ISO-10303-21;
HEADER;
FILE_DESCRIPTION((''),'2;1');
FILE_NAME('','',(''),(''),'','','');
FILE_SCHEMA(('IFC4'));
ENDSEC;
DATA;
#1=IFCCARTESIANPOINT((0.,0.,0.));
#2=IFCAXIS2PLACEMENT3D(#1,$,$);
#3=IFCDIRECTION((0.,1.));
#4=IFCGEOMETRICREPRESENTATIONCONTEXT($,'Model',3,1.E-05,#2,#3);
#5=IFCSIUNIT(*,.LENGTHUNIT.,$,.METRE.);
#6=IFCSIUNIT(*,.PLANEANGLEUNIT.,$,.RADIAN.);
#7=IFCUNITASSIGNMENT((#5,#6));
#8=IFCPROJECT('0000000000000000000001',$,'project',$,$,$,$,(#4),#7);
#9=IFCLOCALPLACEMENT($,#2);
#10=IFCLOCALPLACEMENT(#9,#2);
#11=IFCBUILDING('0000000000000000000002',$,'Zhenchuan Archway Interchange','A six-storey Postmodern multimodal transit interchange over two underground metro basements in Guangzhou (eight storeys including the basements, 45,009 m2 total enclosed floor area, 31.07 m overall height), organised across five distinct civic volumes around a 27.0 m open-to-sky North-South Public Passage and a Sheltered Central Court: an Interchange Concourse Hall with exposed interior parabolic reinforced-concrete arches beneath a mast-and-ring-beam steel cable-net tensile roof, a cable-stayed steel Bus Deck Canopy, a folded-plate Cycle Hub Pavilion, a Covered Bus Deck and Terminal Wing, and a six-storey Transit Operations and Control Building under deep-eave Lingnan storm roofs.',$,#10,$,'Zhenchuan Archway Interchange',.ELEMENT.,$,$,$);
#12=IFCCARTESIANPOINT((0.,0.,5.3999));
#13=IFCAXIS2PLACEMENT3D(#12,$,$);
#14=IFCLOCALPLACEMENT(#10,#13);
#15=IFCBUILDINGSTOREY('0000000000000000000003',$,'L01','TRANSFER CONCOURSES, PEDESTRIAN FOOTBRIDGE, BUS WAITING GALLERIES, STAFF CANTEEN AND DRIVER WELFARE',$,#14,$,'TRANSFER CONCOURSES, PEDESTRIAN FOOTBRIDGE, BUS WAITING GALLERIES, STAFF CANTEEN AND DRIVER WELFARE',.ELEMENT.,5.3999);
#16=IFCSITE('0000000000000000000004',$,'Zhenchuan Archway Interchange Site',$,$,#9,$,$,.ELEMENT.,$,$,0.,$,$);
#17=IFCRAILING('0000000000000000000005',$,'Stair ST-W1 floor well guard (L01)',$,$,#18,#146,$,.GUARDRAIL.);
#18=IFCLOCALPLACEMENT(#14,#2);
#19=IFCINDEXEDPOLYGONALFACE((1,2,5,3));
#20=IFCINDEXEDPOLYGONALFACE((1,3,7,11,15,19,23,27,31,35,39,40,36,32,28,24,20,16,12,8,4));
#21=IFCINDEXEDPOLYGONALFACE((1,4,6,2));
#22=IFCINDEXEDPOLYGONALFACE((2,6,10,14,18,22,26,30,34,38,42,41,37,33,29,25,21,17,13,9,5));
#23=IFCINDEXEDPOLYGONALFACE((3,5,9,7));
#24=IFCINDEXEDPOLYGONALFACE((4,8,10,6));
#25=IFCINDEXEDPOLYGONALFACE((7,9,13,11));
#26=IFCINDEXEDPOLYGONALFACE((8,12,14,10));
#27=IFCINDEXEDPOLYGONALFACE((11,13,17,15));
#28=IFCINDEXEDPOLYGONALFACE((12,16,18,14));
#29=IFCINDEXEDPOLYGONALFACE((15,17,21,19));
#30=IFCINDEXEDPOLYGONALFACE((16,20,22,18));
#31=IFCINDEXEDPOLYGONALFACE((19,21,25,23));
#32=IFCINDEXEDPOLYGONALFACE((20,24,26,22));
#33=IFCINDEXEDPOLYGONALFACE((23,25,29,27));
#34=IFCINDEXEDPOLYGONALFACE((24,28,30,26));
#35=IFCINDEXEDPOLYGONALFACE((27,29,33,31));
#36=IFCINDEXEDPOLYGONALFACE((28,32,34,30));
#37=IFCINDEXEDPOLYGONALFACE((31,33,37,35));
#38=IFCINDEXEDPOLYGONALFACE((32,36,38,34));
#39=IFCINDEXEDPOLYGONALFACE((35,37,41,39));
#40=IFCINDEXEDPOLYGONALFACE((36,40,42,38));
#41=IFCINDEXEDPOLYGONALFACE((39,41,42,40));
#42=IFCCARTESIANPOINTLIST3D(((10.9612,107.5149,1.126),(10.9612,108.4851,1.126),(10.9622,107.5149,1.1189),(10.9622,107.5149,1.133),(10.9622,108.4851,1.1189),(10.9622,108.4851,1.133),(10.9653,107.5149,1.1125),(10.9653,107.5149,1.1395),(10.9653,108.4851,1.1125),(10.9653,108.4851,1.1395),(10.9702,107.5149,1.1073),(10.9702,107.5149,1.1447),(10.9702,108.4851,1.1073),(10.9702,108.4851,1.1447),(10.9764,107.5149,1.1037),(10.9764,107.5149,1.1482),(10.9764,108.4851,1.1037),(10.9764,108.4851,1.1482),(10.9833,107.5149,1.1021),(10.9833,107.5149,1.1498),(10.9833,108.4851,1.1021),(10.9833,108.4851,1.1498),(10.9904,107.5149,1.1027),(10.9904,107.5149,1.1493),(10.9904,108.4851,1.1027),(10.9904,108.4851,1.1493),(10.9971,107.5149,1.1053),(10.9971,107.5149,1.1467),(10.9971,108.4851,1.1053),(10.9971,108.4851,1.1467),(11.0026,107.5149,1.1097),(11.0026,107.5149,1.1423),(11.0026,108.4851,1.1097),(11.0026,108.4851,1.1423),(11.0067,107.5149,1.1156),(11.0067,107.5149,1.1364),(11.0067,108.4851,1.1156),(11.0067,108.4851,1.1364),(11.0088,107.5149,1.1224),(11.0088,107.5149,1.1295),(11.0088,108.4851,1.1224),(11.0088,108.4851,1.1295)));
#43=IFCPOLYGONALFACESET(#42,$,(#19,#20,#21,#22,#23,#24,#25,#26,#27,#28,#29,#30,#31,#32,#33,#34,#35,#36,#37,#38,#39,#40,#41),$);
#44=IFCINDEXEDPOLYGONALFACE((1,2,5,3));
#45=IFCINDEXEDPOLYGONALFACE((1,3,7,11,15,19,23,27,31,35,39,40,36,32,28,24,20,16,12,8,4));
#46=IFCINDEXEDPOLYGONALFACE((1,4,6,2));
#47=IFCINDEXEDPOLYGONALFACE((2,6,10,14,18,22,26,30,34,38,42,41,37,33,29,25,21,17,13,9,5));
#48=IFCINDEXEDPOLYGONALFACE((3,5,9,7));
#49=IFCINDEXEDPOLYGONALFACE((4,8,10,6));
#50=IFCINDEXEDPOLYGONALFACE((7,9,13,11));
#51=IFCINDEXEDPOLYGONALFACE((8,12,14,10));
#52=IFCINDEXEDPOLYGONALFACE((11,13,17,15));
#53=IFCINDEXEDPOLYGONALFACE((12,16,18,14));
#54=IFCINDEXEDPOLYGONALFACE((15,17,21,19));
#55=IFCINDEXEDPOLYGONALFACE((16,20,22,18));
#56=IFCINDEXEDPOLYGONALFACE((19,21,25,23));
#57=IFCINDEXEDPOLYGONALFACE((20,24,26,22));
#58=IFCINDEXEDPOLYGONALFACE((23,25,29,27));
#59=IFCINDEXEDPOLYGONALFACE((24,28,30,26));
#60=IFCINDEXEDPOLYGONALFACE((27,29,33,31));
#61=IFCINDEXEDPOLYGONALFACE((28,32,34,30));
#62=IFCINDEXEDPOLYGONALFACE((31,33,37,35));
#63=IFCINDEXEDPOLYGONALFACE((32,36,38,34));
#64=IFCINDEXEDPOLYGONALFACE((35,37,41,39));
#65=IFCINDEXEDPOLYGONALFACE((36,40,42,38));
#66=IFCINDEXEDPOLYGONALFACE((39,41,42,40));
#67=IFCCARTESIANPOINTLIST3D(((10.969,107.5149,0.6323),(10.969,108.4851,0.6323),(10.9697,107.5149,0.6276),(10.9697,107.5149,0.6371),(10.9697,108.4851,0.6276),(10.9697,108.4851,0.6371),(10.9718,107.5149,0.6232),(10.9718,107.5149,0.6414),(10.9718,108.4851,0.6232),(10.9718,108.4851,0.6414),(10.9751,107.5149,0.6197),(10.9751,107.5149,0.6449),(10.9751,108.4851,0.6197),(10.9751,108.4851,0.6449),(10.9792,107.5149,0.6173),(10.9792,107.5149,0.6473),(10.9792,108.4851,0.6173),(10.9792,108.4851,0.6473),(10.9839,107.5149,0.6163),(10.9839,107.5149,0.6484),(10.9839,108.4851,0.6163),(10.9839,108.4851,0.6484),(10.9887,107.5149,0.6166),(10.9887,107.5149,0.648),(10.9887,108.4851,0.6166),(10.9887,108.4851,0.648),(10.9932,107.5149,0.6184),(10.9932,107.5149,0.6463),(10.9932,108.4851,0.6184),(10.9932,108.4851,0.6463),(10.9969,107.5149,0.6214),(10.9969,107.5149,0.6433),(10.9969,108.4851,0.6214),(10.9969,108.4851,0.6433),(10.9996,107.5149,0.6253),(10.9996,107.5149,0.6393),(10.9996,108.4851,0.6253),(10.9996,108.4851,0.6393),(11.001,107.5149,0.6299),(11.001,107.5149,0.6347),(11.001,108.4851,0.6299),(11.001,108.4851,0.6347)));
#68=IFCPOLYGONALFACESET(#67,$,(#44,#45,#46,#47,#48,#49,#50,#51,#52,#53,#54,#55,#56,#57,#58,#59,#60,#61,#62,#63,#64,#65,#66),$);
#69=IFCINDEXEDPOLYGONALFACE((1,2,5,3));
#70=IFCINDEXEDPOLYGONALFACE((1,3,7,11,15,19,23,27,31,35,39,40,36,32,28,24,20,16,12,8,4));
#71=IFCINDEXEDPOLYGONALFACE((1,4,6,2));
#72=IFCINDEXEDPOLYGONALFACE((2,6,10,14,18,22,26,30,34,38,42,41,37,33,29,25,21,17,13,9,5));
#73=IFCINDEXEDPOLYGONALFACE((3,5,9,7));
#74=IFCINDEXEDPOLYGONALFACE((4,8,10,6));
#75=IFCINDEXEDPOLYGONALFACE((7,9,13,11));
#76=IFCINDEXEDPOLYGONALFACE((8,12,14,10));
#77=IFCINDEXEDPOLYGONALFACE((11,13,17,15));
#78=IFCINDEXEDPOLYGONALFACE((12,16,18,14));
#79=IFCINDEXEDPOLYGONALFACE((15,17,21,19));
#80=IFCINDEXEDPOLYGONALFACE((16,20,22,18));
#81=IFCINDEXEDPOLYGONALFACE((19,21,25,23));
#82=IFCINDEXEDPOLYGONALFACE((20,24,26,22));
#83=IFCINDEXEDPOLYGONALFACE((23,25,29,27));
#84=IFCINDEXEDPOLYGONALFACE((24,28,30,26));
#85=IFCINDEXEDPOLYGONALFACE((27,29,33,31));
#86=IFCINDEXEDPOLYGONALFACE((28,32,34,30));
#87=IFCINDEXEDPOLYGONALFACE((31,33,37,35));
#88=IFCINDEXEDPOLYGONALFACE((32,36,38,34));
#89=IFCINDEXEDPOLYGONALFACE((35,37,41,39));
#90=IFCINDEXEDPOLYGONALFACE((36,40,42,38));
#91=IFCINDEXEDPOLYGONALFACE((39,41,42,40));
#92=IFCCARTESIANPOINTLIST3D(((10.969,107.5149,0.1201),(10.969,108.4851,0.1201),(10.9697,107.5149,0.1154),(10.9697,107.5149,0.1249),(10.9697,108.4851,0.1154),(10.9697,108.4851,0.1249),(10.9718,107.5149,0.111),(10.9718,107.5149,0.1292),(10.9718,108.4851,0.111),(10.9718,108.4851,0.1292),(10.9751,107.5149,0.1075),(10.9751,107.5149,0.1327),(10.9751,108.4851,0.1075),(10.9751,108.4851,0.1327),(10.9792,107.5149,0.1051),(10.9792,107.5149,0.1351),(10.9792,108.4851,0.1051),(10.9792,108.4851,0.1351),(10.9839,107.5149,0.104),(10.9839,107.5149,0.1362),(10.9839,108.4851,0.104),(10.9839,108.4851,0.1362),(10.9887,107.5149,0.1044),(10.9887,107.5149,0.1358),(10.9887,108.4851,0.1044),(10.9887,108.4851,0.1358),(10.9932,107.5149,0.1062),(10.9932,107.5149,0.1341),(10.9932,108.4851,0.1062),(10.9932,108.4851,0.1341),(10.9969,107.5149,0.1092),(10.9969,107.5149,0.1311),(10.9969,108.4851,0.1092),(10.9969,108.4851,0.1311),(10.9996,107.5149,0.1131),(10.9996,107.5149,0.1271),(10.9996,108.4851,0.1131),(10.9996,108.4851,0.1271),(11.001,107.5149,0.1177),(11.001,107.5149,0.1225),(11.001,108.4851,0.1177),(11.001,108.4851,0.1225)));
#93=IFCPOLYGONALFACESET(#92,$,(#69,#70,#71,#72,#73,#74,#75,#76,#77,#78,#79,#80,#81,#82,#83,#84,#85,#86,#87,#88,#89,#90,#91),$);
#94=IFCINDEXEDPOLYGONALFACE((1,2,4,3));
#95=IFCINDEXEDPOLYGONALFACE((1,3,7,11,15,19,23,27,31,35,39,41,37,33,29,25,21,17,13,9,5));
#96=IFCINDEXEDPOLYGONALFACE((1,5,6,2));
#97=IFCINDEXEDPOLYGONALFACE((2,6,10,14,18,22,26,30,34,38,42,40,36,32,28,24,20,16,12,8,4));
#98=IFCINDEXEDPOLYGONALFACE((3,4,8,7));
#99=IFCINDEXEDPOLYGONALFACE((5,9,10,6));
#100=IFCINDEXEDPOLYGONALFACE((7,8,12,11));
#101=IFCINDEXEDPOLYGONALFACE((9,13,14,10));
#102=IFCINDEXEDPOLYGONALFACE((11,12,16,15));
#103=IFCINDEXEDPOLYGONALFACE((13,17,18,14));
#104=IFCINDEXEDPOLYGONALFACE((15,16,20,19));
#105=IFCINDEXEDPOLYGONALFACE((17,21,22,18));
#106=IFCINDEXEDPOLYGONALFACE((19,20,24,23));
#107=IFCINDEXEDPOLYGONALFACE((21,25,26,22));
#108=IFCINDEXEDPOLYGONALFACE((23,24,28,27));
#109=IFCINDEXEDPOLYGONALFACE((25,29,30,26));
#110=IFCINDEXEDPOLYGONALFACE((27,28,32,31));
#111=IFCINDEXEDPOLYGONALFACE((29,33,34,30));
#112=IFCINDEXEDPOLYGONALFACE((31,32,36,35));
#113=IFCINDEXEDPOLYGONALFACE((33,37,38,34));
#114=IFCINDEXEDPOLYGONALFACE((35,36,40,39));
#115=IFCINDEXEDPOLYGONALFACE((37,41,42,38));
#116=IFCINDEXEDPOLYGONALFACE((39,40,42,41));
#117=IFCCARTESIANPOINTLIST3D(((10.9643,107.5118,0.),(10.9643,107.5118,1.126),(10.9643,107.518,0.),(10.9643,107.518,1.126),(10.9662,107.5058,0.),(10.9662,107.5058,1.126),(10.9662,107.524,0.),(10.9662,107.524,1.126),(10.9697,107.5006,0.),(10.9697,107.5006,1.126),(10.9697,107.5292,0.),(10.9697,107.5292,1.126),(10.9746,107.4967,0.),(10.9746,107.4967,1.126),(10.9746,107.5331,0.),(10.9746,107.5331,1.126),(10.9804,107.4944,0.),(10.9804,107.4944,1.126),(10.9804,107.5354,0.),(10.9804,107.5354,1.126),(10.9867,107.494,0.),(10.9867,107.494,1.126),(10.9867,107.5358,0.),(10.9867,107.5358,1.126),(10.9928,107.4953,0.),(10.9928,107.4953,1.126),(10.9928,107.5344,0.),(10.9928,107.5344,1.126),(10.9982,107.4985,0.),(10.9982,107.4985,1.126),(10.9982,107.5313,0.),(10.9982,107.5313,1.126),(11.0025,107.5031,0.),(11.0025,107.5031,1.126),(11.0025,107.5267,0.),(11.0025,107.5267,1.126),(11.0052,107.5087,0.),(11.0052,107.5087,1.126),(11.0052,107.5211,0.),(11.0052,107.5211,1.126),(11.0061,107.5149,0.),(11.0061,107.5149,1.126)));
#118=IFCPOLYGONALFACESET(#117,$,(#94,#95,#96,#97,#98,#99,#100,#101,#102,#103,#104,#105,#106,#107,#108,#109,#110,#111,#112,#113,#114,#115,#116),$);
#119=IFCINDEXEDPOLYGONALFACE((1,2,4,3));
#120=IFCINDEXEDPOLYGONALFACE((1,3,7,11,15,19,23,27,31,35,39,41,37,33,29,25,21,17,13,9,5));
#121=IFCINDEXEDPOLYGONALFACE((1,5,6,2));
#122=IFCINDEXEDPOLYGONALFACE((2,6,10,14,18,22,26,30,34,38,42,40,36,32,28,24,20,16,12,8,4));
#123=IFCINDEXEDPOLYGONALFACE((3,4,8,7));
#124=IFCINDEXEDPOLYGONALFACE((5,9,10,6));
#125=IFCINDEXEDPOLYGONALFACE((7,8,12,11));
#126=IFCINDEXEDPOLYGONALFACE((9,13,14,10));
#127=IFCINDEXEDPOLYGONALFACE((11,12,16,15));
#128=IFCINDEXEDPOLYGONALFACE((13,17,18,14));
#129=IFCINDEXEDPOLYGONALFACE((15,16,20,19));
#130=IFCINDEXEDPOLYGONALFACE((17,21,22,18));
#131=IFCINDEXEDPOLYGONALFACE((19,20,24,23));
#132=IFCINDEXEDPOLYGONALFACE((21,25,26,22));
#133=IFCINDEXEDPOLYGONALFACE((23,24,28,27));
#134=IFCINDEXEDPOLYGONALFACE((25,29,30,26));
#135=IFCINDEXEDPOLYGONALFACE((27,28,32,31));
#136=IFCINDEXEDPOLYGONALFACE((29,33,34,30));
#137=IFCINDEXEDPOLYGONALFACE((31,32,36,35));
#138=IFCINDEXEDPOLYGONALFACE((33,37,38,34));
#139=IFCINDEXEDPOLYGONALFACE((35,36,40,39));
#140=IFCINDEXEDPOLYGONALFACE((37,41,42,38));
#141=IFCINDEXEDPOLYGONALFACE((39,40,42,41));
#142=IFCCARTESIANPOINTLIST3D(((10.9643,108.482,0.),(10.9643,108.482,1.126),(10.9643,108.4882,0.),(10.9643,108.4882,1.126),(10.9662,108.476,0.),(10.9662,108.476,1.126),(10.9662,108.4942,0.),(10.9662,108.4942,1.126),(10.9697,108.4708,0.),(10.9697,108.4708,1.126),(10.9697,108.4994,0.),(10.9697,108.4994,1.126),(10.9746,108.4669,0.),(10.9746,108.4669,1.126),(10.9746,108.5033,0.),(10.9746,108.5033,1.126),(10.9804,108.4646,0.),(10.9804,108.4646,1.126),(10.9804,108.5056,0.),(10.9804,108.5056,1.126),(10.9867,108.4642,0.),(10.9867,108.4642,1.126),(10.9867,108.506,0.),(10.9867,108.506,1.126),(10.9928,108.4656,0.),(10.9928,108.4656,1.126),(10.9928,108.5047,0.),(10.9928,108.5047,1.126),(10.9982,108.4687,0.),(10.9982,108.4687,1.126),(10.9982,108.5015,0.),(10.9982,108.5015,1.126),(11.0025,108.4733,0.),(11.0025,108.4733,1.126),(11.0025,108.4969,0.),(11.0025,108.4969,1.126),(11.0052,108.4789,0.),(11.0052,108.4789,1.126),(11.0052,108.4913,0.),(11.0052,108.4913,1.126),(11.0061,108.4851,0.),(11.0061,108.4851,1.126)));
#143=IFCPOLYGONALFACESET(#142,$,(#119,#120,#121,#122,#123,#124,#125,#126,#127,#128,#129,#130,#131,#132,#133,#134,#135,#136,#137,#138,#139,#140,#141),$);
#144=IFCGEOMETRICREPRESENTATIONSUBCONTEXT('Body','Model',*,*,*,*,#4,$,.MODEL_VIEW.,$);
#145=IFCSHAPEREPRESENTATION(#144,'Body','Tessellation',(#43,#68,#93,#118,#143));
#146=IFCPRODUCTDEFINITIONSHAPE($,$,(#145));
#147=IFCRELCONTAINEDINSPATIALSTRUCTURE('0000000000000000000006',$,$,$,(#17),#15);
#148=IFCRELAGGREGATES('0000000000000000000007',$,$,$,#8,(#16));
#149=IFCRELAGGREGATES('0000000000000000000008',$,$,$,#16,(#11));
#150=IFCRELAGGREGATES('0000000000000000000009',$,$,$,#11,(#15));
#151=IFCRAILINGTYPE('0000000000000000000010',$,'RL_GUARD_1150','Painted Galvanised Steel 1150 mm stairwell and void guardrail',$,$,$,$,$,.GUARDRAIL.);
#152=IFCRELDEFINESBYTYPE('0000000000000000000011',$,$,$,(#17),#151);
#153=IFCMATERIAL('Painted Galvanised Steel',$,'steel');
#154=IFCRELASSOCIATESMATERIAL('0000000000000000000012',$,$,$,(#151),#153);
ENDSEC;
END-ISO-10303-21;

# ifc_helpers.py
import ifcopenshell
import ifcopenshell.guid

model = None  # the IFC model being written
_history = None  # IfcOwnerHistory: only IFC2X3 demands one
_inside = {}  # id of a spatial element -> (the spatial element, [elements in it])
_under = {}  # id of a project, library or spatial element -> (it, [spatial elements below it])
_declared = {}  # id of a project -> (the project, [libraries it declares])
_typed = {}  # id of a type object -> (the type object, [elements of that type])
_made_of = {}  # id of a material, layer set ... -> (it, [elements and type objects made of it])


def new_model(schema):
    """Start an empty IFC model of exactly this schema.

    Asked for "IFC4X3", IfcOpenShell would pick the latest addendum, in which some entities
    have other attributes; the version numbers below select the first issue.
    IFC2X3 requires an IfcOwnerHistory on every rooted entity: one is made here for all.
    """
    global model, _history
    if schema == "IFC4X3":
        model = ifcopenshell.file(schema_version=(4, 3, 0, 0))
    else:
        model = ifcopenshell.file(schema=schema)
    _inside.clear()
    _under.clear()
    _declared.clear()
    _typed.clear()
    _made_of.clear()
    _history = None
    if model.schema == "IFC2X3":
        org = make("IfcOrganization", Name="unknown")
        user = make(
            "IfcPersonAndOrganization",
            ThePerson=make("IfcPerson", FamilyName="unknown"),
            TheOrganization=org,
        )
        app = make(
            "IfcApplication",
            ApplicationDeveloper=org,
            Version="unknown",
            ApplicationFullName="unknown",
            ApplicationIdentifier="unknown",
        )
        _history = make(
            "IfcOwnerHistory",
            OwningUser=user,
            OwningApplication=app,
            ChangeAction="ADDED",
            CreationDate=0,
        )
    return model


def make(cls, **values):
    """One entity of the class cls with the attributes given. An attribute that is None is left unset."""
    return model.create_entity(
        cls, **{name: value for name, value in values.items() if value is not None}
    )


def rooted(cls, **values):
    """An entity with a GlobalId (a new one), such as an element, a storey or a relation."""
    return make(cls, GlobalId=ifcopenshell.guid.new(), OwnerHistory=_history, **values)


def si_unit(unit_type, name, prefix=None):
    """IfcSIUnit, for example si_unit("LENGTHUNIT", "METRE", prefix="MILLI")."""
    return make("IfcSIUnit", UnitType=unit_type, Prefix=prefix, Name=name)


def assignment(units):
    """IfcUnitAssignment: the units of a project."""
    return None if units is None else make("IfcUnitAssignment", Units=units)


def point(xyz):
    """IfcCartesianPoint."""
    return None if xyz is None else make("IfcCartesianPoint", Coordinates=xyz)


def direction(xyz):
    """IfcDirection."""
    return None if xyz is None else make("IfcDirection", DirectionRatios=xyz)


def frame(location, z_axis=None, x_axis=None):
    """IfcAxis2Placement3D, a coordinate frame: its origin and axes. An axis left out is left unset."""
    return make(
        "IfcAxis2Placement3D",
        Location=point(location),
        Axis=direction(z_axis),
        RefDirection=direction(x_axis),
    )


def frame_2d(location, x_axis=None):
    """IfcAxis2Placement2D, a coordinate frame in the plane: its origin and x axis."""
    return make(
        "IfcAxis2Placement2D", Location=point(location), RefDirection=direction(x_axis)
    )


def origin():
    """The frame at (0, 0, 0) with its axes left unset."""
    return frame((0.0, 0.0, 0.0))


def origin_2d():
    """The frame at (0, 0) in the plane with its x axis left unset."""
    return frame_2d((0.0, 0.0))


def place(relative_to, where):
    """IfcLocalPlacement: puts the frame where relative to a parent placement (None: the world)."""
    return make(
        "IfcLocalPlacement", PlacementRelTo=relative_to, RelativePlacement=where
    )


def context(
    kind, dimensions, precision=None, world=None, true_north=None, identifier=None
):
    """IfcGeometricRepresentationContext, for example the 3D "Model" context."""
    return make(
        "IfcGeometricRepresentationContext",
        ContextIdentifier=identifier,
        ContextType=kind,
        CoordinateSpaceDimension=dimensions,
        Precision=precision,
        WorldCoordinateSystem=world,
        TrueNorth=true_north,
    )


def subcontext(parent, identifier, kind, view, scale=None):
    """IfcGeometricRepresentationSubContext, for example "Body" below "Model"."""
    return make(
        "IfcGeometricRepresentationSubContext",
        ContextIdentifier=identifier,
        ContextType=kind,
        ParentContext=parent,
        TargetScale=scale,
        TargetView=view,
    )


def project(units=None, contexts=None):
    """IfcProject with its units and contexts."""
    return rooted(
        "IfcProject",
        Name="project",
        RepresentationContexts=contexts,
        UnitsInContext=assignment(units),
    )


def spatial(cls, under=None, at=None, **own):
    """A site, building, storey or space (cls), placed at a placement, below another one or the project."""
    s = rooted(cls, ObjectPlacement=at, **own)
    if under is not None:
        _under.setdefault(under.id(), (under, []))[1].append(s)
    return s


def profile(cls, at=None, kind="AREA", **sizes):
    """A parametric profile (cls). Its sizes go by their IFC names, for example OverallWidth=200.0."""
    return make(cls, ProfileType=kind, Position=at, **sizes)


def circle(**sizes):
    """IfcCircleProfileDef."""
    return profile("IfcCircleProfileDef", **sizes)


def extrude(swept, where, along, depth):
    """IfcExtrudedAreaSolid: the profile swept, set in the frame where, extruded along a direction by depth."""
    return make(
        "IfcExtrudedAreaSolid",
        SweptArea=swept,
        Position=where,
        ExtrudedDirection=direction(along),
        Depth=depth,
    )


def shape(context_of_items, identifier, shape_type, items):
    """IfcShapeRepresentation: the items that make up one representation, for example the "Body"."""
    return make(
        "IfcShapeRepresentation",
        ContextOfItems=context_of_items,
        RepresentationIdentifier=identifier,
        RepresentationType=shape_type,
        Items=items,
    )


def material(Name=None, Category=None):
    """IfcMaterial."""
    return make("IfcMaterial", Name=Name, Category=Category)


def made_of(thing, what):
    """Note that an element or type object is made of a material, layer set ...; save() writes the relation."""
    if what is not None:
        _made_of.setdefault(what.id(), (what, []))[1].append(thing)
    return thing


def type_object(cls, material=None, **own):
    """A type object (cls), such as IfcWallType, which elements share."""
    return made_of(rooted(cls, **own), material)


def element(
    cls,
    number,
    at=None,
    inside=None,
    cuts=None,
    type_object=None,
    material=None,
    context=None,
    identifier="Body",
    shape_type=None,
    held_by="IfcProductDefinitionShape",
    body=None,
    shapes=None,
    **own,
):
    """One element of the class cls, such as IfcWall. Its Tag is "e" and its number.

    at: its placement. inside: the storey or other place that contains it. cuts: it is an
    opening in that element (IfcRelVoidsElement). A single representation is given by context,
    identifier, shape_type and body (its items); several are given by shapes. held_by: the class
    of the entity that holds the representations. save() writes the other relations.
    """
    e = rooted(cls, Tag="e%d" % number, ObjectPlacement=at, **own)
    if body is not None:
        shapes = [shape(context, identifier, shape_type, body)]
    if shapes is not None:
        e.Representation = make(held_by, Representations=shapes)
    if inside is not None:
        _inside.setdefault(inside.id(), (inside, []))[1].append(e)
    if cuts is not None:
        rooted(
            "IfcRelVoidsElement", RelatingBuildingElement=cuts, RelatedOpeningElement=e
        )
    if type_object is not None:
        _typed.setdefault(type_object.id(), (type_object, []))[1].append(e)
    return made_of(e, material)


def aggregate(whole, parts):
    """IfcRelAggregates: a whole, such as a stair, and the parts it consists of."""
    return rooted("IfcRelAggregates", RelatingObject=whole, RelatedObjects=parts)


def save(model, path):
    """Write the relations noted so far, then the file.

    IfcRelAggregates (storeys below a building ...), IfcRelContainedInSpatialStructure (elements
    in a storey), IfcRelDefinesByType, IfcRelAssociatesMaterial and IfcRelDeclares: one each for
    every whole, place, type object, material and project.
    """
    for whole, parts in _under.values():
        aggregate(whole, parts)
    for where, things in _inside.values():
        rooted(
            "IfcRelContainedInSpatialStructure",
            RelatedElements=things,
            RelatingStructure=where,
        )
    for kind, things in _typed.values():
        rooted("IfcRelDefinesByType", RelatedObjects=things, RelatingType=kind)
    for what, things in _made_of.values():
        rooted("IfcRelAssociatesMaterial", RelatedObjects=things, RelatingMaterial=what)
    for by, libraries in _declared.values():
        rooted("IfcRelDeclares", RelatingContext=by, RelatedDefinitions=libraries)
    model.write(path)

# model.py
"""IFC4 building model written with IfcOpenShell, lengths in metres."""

from ifc_helpers import new_model, si_unit, direction, frame, origin, origin_2d, place, context, subcontext, project, spatial, circle, extrude, material, type_object, element, save


model = new_model("IFC4")

# Units and contexts
model_context = context("Model", 3, precision=1e-05, world=origin(), true_north=direction((0.0, 1.0)))
body_context = subcontext(model_context, "Body", "Model", "MODEL_VIEW")
ifc_project = project(units=[si_unit("LENGTHUNIT", "METRE"), si_unit("PLANEANGLEUNIT", "RADIAN")], contexts=[model_context])

# Site, building, storey
site_placement = place(None, origin())
site = spatial("IfcSite", under=ifc_project, at=site_placement, Name="Zhenchuan Archway Interchange Site", CompositionType="ELEMENT", RefElevation=0.0)
building_placement = place(site_placement, origin())
building = spatial("IfcBuilding", under=site, at=building_placement, Name="Zhenchuan Archway Interchange", Description="A six-storey Postmodern multimodal transit interchange over two underground metro basements in Guangzhou (eight storeys including the basements, 45,009 m2 total enclosed floor area, 31.07 m overall height), organised across five distinct civic volumes around a 27.0 m open-to-sky North-South Public Passage and a Sheltered Central Court: an Interchange Concourse Hall with exposed interior parabolic reinforced-concrete arches beneath a mast-and-ring-beam steel cable-net tensile roof, a cable-stayed steel Bus Deck Canopy, a folded-plate Cycle Hub Pavilion, a Covered Bus Deck and Terminal Wing, and a six-storey Transit Operations and Control Building under deep-eave Lingnan storm roofs.", LongName="Zhenchuan Archway Interchange", CompositionType="ELEMENT")
storey_placement = place(building_placement, frame((0.0, 0.0, 5.3999)))
storey = spatial("IfcBuildingStorey", under=building, at=storey_placement, Name="L01", Description="TRANSFER CONCOURSES, PEDESTRIAN FOOTBRIDGE, BUS WAITING GALLERIES, STAFF CANTEEN AND DRIVER WELFARE", LongName="TRANSFER CONCOURSES, PEDESTRIAN FOOTBRIDGE, BUS WAITING GALLERIES, STAFF CANTEEN AND DRIVER WELFARE", CompositionType="ELEMENT", Elevation=5.3999)

# Shared definitions
ifc_material_1 = material(Name="Painted Galvanised Steel", Category="steel")

# Railing
railing_type = type_object("IfcRailingType", Name="RL_GUARD_1150", Description="Painted Galvanised Steel 1150 mm stairwell and void guardrail", PredefinedType="GUARDRAIL", material=ifc_material_1)
railing_placement = place(storey_placement, frame((10.9851, 107.5149, 0.0)))
element("IfcRailing", 1, at=railing_placement, inside=storey, type_object=railing_type, Name="Stair ST-W1 floor well guard (L01)", PredefinedType="GUARDRAIL", context=body_context, shape_type="SweptSolid", body=[
    extrude(circle(Radius=0.0239, at=origin_2d()), frame((0.0, 0.0, 1.126), z_axis=(0.0, 1.0, 0.0), x_axis=(-1.0, 0.0, 0.0)), (0.0, 0.0, 1.0), 0.9702),
    extrude(circle(Radius=0.0161, at=origin_2d()), frame((0.0, 0.0, 0.6323), z_axis=(0.0, 1.0, 0.0), x_axis=(-1.0, 0.0, 0.0)), (0.0, 0.0, 1.0), 0.9702),
    extrude(circle(Radius=0.0161, at=origin_2d()), frame((0.0, 0.0, 0.1201), z_axis=(0.0, 1.0, 0.0), x_axis=(-1.0, 0.0, 0.0)), (0.0, 0.0, 1.0), 0.9702),
    extrude(circle(Radius=0.021, at=origin_2d()), origin(), (0.0, 0.0, 1.0), 1.126),
    extrude(circle(Radius=0.021, at=origin_2d()), frame((0.0, 0.9702, 0.0)), (0.0, 0.0, 1.0), 1.126),
])

save(model, "model.ifc")
